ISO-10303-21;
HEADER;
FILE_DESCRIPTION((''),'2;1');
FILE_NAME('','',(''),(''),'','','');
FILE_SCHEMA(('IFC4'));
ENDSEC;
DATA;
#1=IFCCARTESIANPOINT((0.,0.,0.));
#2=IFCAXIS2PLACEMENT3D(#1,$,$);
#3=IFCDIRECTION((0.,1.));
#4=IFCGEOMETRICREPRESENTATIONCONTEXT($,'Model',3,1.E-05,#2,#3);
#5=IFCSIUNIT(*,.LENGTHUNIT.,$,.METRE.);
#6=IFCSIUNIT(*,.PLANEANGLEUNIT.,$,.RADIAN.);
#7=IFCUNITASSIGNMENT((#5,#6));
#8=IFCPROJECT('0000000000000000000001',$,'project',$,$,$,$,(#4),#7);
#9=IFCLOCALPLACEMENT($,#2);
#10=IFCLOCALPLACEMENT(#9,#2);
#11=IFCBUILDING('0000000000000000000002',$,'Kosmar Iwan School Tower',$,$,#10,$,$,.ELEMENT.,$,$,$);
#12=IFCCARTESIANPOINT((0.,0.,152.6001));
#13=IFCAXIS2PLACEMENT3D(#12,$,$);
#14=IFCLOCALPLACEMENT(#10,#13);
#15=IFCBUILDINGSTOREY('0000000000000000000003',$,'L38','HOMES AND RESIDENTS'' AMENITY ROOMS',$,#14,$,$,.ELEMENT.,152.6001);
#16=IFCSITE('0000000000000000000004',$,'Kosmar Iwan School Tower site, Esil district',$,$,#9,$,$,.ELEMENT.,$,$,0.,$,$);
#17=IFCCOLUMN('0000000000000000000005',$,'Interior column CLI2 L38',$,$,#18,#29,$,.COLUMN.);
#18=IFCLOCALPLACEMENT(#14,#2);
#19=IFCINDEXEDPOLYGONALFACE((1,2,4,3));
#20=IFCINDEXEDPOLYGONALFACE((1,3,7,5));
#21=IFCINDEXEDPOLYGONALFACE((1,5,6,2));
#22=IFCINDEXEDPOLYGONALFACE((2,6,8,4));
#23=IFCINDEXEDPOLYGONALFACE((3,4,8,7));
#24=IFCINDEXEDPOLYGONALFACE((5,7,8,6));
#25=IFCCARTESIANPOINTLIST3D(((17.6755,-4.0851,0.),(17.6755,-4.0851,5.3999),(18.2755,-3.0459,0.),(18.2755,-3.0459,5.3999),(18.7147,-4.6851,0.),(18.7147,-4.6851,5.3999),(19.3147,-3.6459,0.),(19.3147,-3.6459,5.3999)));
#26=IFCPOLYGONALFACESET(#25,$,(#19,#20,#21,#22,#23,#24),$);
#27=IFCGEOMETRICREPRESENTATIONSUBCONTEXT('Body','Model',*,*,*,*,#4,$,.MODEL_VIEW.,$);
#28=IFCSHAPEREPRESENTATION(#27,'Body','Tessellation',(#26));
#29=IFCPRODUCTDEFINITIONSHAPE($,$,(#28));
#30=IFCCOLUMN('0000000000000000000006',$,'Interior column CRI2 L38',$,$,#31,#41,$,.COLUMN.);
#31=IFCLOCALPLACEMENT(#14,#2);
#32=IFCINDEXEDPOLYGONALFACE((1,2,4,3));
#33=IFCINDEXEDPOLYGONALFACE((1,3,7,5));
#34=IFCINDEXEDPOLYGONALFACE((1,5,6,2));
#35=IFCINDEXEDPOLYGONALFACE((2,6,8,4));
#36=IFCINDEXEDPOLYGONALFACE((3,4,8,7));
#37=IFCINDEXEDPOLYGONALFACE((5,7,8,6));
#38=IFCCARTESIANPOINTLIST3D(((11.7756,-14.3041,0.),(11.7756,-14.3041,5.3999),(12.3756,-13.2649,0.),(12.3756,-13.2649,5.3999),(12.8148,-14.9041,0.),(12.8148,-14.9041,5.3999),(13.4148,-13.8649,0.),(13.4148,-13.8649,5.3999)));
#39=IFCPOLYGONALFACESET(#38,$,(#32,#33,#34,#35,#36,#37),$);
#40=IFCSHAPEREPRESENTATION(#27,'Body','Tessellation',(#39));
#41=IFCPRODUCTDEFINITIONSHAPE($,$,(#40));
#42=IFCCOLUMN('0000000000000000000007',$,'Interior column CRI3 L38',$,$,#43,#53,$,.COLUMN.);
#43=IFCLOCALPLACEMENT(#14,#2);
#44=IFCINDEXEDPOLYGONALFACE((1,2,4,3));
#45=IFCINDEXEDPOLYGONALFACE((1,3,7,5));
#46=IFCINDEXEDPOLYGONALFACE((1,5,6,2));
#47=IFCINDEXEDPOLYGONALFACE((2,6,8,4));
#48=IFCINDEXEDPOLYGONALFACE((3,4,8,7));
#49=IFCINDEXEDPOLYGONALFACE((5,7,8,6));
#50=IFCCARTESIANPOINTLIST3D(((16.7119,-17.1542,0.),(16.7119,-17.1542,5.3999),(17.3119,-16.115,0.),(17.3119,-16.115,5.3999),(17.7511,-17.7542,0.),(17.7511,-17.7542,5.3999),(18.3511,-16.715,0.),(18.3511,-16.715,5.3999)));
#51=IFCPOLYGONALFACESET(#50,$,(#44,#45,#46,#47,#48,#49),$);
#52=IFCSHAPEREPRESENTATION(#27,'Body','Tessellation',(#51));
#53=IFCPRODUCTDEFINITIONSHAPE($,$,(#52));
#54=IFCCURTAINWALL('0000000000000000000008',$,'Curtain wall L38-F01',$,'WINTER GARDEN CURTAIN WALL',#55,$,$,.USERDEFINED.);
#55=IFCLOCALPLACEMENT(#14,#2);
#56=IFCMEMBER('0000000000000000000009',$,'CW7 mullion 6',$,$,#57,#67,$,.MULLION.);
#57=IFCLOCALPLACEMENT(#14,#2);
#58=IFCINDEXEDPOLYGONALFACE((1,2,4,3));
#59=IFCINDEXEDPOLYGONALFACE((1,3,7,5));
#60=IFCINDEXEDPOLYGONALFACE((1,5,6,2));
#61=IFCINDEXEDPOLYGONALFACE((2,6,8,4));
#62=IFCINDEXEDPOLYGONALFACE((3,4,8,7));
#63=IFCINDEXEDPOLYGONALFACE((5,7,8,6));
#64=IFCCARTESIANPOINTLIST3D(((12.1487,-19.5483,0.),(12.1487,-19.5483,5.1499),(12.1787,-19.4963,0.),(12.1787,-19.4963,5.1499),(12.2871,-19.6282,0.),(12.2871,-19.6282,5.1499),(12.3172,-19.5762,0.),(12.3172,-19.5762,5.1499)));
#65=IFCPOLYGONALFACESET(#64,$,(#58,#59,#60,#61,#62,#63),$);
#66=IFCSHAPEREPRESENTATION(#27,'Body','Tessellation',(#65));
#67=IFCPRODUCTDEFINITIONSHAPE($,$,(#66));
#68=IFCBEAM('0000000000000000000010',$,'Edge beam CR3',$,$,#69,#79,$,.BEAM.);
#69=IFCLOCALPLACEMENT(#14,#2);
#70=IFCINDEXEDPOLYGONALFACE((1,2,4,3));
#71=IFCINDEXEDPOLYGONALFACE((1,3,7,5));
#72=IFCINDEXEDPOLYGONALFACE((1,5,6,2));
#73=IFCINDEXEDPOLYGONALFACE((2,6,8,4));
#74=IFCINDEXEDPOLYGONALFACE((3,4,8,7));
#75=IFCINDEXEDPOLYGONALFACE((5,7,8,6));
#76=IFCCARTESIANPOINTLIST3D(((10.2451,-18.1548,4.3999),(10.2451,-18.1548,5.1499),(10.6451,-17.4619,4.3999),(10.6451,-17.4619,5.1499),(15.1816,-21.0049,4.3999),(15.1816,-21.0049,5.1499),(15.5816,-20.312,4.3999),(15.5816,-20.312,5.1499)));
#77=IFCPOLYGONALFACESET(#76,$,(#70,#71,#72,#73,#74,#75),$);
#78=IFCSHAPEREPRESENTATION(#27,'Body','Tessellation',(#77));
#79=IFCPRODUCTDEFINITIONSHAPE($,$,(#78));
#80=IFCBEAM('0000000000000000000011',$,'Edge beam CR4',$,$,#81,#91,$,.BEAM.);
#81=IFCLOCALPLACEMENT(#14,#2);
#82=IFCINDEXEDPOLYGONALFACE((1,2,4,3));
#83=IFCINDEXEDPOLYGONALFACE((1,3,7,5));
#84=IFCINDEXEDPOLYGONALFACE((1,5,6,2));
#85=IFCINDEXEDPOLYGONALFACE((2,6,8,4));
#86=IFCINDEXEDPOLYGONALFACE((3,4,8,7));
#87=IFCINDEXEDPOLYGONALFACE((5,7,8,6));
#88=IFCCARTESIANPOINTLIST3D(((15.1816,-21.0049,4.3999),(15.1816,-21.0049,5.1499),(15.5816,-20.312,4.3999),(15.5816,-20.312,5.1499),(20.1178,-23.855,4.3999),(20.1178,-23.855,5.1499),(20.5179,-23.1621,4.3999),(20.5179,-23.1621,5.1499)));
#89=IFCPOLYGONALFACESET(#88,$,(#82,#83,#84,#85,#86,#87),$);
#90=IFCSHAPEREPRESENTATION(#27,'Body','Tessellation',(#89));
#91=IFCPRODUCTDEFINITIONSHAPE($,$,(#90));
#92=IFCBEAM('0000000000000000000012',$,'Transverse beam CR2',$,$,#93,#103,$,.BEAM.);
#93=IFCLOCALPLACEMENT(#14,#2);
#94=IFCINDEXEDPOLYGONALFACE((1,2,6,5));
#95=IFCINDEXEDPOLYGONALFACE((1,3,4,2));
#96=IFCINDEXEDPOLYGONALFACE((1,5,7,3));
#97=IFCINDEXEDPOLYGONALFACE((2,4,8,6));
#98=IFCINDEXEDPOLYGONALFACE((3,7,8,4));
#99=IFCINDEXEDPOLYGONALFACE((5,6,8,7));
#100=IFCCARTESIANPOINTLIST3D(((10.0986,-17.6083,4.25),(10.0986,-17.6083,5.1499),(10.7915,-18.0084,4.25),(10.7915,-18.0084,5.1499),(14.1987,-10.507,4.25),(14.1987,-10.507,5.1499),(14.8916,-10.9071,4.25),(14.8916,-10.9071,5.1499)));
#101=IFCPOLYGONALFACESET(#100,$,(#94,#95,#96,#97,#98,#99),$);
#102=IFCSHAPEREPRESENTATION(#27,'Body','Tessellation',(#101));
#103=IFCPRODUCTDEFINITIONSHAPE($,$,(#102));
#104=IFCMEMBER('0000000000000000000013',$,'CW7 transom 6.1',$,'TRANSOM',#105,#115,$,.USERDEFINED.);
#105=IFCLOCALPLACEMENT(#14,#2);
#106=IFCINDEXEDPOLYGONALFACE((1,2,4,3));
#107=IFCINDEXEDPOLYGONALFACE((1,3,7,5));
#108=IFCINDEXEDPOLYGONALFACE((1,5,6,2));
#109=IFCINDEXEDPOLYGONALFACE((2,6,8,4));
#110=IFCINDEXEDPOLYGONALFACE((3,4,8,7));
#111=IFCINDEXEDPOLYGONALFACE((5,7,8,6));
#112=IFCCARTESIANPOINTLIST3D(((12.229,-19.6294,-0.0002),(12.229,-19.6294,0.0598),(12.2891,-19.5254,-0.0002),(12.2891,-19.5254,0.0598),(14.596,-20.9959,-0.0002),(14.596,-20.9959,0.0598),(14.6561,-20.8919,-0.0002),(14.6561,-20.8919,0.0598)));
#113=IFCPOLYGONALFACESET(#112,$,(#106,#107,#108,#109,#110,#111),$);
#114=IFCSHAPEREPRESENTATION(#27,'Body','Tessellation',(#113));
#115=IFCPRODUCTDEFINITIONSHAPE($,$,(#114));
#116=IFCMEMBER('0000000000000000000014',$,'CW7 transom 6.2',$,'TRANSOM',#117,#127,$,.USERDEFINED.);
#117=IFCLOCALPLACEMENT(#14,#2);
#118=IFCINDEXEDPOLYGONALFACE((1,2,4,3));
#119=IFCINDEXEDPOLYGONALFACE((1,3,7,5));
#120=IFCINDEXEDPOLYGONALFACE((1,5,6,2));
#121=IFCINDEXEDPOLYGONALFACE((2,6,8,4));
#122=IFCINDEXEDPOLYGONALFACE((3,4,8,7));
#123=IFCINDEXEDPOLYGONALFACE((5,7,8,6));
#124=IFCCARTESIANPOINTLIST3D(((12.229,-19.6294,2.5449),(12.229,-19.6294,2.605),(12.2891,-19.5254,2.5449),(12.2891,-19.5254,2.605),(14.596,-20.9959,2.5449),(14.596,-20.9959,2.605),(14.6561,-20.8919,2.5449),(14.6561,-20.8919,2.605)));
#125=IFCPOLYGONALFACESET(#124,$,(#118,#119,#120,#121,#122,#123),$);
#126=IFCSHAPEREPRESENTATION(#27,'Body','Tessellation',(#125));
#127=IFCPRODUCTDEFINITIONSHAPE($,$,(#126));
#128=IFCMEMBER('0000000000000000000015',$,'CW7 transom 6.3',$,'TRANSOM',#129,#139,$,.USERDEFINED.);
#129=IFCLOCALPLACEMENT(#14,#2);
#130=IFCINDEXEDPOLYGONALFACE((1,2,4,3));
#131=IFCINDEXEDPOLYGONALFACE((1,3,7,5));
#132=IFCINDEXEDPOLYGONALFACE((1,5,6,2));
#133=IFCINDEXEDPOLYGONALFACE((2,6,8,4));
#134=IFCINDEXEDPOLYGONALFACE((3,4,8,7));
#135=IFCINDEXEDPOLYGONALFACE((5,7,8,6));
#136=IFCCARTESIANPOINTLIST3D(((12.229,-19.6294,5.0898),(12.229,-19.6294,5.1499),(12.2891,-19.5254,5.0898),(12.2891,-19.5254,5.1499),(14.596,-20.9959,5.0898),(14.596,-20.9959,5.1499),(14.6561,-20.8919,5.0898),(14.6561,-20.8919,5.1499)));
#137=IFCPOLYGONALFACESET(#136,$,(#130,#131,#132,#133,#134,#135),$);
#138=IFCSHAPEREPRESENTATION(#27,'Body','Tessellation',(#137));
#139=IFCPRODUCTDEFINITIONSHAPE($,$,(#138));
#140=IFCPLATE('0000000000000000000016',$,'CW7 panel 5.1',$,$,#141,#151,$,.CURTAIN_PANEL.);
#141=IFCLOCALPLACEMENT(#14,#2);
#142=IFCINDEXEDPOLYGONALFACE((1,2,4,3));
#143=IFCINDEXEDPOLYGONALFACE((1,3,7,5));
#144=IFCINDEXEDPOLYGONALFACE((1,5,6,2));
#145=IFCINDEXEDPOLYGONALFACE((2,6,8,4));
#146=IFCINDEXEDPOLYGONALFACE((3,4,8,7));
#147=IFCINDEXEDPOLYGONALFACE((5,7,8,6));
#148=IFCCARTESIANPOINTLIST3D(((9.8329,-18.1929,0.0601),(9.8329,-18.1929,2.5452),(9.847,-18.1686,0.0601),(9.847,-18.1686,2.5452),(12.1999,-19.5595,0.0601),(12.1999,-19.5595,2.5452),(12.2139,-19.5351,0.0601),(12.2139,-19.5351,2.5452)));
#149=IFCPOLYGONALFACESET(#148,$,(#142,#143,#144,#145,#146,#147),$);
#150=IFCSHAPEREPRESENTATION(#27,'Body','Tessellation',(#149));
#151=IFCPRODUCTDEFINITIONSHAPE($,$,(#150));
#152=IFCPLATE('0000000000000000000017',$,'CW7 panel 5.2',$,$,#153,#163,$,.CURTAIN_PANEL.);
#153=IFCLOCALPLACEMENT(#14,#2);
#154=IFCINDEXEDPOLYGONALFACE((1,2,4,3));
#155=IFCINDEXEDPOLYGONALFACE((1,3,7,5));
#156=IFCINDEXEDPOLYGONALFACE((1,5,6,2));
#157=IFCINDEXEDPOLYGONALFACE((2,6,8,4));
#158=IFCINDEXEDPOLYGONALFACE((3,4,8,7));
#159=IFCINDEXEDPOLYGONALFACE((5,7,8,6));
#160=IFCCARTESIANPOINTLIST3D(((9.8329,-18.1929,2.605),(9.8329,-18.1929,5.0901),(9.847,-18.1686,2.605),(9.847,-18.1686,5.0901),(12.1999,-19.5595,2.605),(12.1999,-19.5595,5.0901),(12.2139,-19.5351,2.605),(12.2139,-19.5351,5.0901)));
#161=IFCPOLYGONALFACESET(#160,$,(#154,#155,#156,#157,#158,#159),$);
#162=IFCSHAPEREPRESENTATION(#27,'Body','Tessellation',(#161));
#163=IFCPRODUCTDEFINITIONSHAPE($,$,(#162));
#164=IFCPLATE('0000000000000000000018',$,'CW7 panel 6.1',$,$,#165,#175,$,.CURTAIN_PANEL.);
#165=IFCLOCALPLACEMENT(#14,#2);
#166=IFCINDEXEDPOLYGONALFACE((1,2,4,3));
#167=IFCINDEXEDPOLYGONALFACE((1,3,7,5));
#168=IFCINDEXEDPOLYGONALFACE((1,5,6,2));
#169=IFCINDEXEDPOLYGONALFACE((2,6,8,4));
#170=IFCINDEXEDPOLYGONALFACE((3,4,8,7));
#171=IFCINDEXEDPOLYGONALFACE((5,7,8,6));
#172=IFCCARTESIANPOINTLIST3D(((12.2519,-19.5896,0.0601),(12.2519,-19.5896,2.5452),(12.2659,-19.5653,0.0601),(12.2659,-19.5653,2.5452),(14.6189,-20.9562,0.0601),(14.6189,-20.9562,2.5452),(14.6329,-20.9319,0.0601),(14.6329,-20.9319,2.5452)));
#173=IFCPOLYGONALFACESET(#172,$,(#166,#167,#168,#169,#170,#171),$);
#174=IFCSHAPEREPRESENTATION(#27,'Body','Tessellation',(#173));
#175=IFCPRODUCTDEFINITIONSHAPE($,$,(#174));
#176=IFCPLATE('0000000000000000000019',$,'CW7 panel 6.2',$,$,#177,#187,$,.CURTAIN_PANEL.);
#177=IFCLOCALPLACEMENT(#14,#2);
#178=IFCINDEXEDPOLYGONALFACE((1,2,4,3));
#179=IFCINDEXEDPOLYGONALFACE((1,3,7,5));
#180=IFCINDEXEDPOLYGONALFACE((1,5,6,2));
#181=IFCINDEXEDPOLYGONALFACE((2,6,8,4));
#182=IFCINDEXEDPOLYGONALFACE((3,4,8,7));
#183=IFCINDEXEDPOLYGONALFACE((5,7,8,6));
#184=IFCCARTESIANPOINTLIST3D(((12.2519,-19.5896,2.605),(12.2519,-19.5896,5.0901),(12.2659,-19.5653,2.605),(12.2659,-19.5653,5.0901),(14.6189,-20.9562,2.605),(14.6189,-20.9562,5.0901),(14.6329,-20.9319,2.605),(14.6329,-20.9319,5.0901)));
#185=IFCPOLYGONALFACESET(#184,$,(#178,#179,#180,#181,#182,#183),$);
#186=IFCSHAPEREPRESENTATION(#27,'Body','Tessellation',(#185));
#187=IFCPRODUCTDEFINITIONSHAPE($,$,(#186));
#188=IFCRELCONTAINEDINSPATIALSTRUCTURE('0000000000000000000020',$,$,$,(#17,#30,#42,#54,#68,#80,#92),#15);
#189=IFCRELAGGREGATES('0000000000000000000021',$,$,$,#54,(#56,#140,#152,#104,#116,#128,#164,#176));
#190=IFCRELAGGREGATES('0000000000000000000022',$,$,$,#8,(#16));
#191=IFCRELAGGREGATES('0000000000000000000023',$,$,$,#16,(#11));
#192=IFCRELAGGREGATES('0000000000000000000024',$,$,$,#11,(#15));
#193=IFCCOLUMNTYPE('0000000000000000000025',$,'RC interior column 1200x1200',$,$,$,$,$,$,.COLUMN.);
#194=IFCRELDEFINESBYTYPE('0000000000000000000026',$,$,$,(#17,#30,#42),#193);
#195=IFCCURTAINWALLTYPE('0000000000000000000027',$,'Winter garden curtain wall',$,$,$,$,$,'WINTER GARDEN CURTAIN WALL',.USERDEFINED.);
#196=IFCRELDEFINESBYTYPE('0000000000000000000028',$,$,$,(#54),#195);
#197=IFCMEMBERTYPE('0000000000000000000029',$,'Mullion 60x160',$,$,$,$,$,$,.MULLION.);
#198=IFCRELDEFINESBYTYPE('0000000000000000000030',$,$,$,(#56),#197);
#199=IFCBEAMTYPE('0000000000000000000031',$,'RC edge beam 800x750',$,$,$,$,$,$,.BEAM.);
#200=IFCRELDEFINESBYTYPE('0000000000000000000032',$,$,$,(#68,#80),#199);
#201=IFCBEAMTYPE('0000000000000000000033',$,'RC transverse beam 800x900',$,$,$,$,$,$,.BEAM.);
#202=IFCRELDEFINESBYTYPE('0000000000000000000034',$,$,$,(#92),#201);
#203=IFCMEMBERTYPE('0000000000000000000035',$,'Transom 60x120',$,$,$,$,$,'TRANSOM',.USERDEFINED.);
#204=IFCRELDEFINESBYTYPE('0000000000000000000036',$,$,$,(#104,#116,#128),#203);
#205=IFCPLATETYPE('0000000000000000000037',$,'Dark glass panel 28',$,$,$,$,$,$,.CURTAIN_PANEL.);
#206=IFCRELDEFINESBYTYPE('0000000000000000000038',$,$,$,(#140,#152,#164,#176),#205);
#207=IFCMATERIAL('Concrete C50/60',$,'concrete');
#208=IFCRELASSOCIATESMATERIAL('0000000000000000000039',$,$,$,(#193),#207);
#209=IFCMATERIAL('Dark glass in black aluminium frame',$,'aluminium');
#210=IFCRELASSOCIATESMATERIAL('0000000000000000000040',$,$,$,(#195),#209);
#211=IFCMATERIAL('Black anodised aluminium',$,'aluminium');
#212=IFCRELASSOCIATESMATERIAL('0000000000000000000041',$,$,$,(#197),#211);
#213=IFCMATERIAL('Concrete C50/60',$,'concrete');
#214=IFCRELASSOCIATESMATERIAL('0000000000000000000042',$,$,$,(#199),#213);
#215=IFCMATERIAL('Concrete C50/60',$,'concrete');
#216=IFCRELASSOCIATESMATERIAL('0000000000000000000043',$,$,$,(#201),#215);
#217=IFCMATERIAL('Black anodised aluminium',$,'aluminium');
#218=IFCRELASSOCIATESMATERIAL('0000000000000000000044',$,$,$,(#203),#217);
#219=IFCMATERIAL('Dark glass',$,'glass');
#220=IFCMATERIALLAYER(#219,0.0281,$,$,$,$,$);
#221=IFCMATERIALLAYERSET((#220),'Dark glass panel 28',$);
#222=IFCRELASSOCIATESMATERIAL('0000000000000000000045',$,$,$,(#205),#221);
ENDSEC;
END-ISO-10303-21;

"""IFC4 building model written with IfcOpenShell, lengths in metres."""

from ifc_helpers import new_model, si_unit, direction, frame, origin, origin_2d, place, context, subcontext, project, spatial, rectangle, extrude, material, layer, layer_set, material_profile, profile_set, type_object, element, aggregate, save


model = new_model("IFC4")

# Units and contexts
model_context = context("Model", 3, precision=1e-05, world=origin(), true_north=direction((0.0, 1.0)))
body_context = subcontext(model_context, "Body", "Model", "MODEL_VIEW")
ifc_project = project(units=[si_unit("LENGTHUNIT", "METRE"), si_unit("PLANEANGLEUNIT", "RADIAN")], contexts=[model_context])

# Site, building, storey
site_placement = place(None, origin())
site = spatial("IfcSite", under=ifc_project, at=site_placement, Name="Kosmar Iwan School Tower site, Esil district", CompositionType="ELEMENT", RefElevation=0.0)
building_placement = place(site_placement, origin())
building = spatial("IfcBuilding", under=site, at=building_placement, Name="Kosmar Iwan School Tower", CompositionType="ELEMENT")
storey_placement = place(building_placement, frame((0.0, 0.0, 152.6001)))
storey = spatial("IfcBuildingStorey", under=building, at=storey_placement, Name="L38", Description="HOMES AND RESIDENTS' AMENITY ROOMS", CompositionType="ELEMENT", Elevation=152.6001)

# Columns
ifc_material_1 = material(Name="Concrete C50/60", Category="concrete")
ifc_material_profile_1 = material_profile(ifc_material_1, rectangle(XDim=1.2, YDim=1.2, at=origin_2d()), Name="RC 1200x1200")
ifc_profile_set_1 = profile_set([ifc_material_profile_1], Name="Concrete C50/60")
column_type = type_object("IfcColumnType", Name="RC interior column 1200x1200", PredefinedType="COLUMN", material=ifc_profile_set_1)
for number, where, z_axis, x_axis, name in (
    (1, (18.4951, -3.8655, 0.0), (0.0, 0.0, 1.0), (0.866025, -0.5, 0.0), "Interior column CLI2 L38"),
    (2, (12.5952, -14.0845, 0.0), (0.0, 0.0, 1.0), (0.866025, -0.5, 0.0), "Interior column CRI2 L38"),
    (3, (17.5315, -16.9346, 0.0), (0.0, 0.0, 1.0), (0.866025, -0.5, 0.0), "Interior column CRI3 L38"),
):
    element("IfcColumn", number, at=place(storey_placement, frame(where, z_axis=z_axis, x_axis=x_axis)), inside=storey, type_object=column_type, Name=name, PredefinedType="COLUMN", context=body_context, shape_type="SweptSolid", body=[
        extrude(rectangle(XDim=1.2, YDim=1.2, at=origin_2d()), origin(), (0.0, 0.0, 1.0), 5.3999),
    ])

# Curtain wall, member
ifc_material_2 = material(Name="Dark glass in black aluminium frame", Category="aluminium")
curtain_wall_type = type_object("IfcCurtainWallType", Name="Winter garden curtain wall", ElementType="WINTER GARDEN CURTAIN WALL", PredefinedType="USERDEFINED", material=ifc_material_2)
curtain_wall_placement = place(storey_placement, origin())
curtain_wall = element("IfcCurtainWall", 4, at=curtain_wall_placement, inside=storey, type_object=curtain_wall_type, Name="Curtain wall L38-F01", ObjectType="WINTER GARDEN CURTAIN WALL", PredefinedType="USERDEFINED")
ifc_material_3 = material(Name="Black anodised aluminium", Category="aluminium")
ifc_material_profile_2 = material_profile(ifc_material_3, rectangle(XDim=0.0601, YDim=0.1599, at=origin_2d()), Name="MULLION 60x160")
ifc_profile_set_2 = profile_set([ifc_material_profile_2], Name="Black anodised aluminium")
member_type_1 = type_object("IfcMemberType", Name="Mullion 60x160", PredefinedType="MULLION", material=ifc_profile_set_2)
member_1_placement = place(storey_placement, frame((12.2329, -19.5623, 0.0), z_axis=(0.0, 0.0, 1.0), x_axis=(0.5, 0.866025, 0.0)))
member_1 = element("IfcMember", 5, at=member_1_placement, type_object=member_type_1, Name="CW7 mullion 6", PredefinedType="MULLION", context=body_context, shape_type="SweptSolid", body=[
    extrude(rectangle(XDim=0.0601, YDim=0.1599, at=origin_2d()), origin(), (0.0, 0.0, 1.0), 5.1499),
])

# Beams
ifc_material_4 = material(Name="Concrete C50/60", Category="concrete")
ifc_material_profile_3 = material_profile(ifc_material_4, rectangle(XDim=0.8, YDim=0.75, at=origin_2d()), Name="RC 800x750")
ifc_profile_set_3 = profile_set([ifc_material_profile_3], Name="Concrete C50/60")
beam_type_1 = type_object("IfcBeamType", Name="RC edge beam 800x750", PredefinedType="BEAM", material=ifc_profile_set_3)
beam_1_placement = place(storey_placement, frame((10.4451, -17.8083, 4.7749), z_axis=(0.866026, -0.499999, 0.0), x_axis=(0.499999, 0.866026, 0.0)))
element("IfcBeam", 6, at=beam_1_placement, inside=storey, type_object=beam_type_1, Name="Edge beam CR3", PredefinedType="BEAM", context=body_context, shape_type="SweptSolid", body=[
    extrude(rectangle(XDim=0.8, YDim=0.75, at=origin_2d()), origin(), (0.0, 0.0, 1.0), 5.7002),
])
beam_2_placement = place(storey_placement, frame((15.3816, -20.6584, 4.7749), z_axis=(0.866015, -0.500018, 0.0), x_axis=(0.500018, 0.866015, 0.0)))
element("IfcBeam", 7, at=beam_2_placement, inside=storey, type_object=beam_type_1, Name="Edge beam CR4", PredefinedType="BEAM", context=body_context, shape_type="SweptSolid", body=[
    extrude(rectangle(XDim=0.8, YDim=0.75, at=origin_2d()), origin(), (0.0, 0.0, 1.0), 5.7),
])
ifc_material_5 = material(Name="Concrete C50/60", Category="concrete")
ifc_material_profile_4 = material_profile(ifc_material_5, rectangle(XDim=0.8, YDim=0.8999, at=origin_2d()), Name="RC 800x900")
ifc_profile_set_4 = profile_set([ifc_material_profile_4], Name="Concrete C50/60")
beam_type_2 = type_object("IfcBeamType", Name="RC transverse beam 800x900", PredefinedType="BEAM", material=ifc_profile_set_4)
beam_3_placement = place(storey_placement, frame((10.4451, -17.8083, 4.7), z_axis=(0.500014, 0.866018, 0.0), x_axis=(-0.866018, 0.500014, 0.0)))
element("IfcBeam", 8, at=beam_3_placement, inside=storey, type_object=beam_type_2, Name="Transverse beam CR2", PredefinedType="BEAM", context=body_context, shape_type="SweptSolid", body=[
    extrude(rectangle(XDim=0.8, YDim=0.8999, at=origin_2d()), origin(), (0.0, 0.0, 1.0), 8.2),
])

# Members
ifc_material_6 = material(Name="Black anodised aluminium", Category="aluminium")
ifc_material_profile_5 = material_profile(ifc_material_6, rectangle(XDim=0.1201, YDim=0.0601, at=origin_2d()), Name="TRANSOM 60x120")
ifc_profile_set_5 = profile_set([ifc_material_profile_5], Name="Black anodised aluminium")
member_type_2 = type_object("IfcMemberType", Name="Transom 60x120", ElementType="TRANSOM", PredefinedType="USERDEFINED", material=ifc_profile_set_5)
member_2_placement = place(storey_placement, frame((12.259, -19.5774, 0.0298), z_axis=(0.866041, -0.499972, 0.0), x_axis=(0.499972, 0.866041, 0.0)))
member_2 = element("IfcMember", 9, at=member_2_placement, type_object=member_type_2, Name="CW7 transom 6.1", ObjectType="TRANSOM", PredefinedType="USERDEFINED", context=body_context, shape_type="SweptSolid", body=[
    extrude(rectangle(XDim=0.1201, YDim=0.0601, at=origin_2d()), origin(), (0.0, 0.0, 1.0), 2.7332),
])
member_3_placement = place(storey_placement, frame((12.259, -19.5774, 2.575), z_axis=(0.866041, -0.499972, 0.0), x_axis=(0.499972, 0.866041, 0.0)))
member_3 = element("IfcMember", 10, at=member_3_placement, type_object=member_type_2, Name="CW7 transom 6.2", ObjectType="TRANSOM", PredefinedType="USERDEFINED", context=body_context, shape_type="SweptSolid", body=[
    extrude(rectangle(XDim=0.1201, YDim=0.0601, at=origin_2d()), origin(), (0.0, 0.0, 1.0), 2.7332),
])
member_4_placement = place(storey_placement, frame((12.259, -19.5774, 5.1199), z_axis=(0.866041, -0.499972, 0.0), x_axis=(0.499972, 0.866041, 0.0)))
member_4 = element("IfcMember", 11, at=member_4_placement, type_object=member_type_2, Name="CW7 transom 6.3", ObjectType="TRANSOM", PredefinedType="USERDEFINED", context=body_context, shape_type="SweptSolid", body=[
    extrude(rectangle(XDim=0.1201, YDim=0.0601, at=origin_2d()), origin(), (0.0, 0.0, 1.0), 2.7332),
])

# Plates
ifc_material_7 = material(Name="Dark glass", Category="glass")
ifc_layer_1 = layer(ifc_material_7, 0.0281)
ifc_layer_set_1 = layer_set([ifc_layer_1], Name="Dark glass panel 28")
plate_type = type_object("IfcPlateType", Name="Dark glass panel 28", PredefinedType="CURTAIN_PANEL", material=ifc_layer_set_1)
plate_1_placement = place(storey_placement, frame((11.0234, -18.864, 0.0601), z_axis=(0.0, 0.0, 1.0), x_axis=(0.866025, -0.5, 0.0)))
plate_1 = element("IfcPlate", 12, at=plate_1_placement, type_object=plate_type, Name="CW7 panel 5.1", PredefinedType="CURTAIN_PANEL", context=body_context, shape_type="SweptSolid", body=[
    extrude(rectangle(XDim=2.7332, YDim=0.0281, at=origin_2d()), origin(), (0.0, 0.0, 1.0), 2.4851),
])
plate_2_placement = place(storey_placement, frame((11.0234, -18.864, 2.605), z_axis=(0.0, 0.0, 1.0), x_axis=(0.866025, -0.5, 0.0)))
plate_2 = element("IfcPlate", 13, at=plate_2_placement, type_object=plate_type, Name="CW7 panel 5.2", PredefinedType="CURTAIN_PANEL", context=body_context, shape_type="SweptSolid", body=[
    extrude(rectangle(XDim=2.7332, YDim=0.0281, at=origin_2d()), origin(), (0.0, 0.0, 1.0), 2.4851),
])
plate_3_placement = place(storey_placement, frame((13.4424, -20.2607, 0.0601), z_axis=(0.0, 0.0, 1.0), x_axis=(0.866025, -0.5, 0.0)))
plate_3 = element("IfcPlate", 14, at=plate_3_placement, type_object=plate_type, Name="CW7 panel 6.1", PredefinedType="CURTAIN_PANEL", context=body_context, shape_type="SweptSolid", body=[
    extrude(rectangle(XDim=2.7332, YDim=0.0281, at=origin_2d()), origin(), (0.0, 0.0, 1.0), 2.4851),
])
plate_4_placement = place(storey_placement, frame((13.4424, -20.2607, 2.605), z_axis=(0.0, 0.0, 1.0), x_axis=(0.866025, -0.5, 0.0)))
plate_4 = element("IfcPlate", 15, at=plate_4_placement, type_object=plate_type, Name="CW7 panel 6.2", PredefinedType="CURTAIN_PANEL", context=body_context, shape_type="SweptSolid", body=[
    extrude(rectangle(XDim=2.7332, YDim=0.0281, at=origin_2d()), origin(), (0.0, 0.0, 1.0), 2.4851),
])
aggregate(curtain_wall, [member_1, plate_1, plate_2, member_2, member_3, member_4, plate_3, plate_4])

save(model, "model.ifc")
